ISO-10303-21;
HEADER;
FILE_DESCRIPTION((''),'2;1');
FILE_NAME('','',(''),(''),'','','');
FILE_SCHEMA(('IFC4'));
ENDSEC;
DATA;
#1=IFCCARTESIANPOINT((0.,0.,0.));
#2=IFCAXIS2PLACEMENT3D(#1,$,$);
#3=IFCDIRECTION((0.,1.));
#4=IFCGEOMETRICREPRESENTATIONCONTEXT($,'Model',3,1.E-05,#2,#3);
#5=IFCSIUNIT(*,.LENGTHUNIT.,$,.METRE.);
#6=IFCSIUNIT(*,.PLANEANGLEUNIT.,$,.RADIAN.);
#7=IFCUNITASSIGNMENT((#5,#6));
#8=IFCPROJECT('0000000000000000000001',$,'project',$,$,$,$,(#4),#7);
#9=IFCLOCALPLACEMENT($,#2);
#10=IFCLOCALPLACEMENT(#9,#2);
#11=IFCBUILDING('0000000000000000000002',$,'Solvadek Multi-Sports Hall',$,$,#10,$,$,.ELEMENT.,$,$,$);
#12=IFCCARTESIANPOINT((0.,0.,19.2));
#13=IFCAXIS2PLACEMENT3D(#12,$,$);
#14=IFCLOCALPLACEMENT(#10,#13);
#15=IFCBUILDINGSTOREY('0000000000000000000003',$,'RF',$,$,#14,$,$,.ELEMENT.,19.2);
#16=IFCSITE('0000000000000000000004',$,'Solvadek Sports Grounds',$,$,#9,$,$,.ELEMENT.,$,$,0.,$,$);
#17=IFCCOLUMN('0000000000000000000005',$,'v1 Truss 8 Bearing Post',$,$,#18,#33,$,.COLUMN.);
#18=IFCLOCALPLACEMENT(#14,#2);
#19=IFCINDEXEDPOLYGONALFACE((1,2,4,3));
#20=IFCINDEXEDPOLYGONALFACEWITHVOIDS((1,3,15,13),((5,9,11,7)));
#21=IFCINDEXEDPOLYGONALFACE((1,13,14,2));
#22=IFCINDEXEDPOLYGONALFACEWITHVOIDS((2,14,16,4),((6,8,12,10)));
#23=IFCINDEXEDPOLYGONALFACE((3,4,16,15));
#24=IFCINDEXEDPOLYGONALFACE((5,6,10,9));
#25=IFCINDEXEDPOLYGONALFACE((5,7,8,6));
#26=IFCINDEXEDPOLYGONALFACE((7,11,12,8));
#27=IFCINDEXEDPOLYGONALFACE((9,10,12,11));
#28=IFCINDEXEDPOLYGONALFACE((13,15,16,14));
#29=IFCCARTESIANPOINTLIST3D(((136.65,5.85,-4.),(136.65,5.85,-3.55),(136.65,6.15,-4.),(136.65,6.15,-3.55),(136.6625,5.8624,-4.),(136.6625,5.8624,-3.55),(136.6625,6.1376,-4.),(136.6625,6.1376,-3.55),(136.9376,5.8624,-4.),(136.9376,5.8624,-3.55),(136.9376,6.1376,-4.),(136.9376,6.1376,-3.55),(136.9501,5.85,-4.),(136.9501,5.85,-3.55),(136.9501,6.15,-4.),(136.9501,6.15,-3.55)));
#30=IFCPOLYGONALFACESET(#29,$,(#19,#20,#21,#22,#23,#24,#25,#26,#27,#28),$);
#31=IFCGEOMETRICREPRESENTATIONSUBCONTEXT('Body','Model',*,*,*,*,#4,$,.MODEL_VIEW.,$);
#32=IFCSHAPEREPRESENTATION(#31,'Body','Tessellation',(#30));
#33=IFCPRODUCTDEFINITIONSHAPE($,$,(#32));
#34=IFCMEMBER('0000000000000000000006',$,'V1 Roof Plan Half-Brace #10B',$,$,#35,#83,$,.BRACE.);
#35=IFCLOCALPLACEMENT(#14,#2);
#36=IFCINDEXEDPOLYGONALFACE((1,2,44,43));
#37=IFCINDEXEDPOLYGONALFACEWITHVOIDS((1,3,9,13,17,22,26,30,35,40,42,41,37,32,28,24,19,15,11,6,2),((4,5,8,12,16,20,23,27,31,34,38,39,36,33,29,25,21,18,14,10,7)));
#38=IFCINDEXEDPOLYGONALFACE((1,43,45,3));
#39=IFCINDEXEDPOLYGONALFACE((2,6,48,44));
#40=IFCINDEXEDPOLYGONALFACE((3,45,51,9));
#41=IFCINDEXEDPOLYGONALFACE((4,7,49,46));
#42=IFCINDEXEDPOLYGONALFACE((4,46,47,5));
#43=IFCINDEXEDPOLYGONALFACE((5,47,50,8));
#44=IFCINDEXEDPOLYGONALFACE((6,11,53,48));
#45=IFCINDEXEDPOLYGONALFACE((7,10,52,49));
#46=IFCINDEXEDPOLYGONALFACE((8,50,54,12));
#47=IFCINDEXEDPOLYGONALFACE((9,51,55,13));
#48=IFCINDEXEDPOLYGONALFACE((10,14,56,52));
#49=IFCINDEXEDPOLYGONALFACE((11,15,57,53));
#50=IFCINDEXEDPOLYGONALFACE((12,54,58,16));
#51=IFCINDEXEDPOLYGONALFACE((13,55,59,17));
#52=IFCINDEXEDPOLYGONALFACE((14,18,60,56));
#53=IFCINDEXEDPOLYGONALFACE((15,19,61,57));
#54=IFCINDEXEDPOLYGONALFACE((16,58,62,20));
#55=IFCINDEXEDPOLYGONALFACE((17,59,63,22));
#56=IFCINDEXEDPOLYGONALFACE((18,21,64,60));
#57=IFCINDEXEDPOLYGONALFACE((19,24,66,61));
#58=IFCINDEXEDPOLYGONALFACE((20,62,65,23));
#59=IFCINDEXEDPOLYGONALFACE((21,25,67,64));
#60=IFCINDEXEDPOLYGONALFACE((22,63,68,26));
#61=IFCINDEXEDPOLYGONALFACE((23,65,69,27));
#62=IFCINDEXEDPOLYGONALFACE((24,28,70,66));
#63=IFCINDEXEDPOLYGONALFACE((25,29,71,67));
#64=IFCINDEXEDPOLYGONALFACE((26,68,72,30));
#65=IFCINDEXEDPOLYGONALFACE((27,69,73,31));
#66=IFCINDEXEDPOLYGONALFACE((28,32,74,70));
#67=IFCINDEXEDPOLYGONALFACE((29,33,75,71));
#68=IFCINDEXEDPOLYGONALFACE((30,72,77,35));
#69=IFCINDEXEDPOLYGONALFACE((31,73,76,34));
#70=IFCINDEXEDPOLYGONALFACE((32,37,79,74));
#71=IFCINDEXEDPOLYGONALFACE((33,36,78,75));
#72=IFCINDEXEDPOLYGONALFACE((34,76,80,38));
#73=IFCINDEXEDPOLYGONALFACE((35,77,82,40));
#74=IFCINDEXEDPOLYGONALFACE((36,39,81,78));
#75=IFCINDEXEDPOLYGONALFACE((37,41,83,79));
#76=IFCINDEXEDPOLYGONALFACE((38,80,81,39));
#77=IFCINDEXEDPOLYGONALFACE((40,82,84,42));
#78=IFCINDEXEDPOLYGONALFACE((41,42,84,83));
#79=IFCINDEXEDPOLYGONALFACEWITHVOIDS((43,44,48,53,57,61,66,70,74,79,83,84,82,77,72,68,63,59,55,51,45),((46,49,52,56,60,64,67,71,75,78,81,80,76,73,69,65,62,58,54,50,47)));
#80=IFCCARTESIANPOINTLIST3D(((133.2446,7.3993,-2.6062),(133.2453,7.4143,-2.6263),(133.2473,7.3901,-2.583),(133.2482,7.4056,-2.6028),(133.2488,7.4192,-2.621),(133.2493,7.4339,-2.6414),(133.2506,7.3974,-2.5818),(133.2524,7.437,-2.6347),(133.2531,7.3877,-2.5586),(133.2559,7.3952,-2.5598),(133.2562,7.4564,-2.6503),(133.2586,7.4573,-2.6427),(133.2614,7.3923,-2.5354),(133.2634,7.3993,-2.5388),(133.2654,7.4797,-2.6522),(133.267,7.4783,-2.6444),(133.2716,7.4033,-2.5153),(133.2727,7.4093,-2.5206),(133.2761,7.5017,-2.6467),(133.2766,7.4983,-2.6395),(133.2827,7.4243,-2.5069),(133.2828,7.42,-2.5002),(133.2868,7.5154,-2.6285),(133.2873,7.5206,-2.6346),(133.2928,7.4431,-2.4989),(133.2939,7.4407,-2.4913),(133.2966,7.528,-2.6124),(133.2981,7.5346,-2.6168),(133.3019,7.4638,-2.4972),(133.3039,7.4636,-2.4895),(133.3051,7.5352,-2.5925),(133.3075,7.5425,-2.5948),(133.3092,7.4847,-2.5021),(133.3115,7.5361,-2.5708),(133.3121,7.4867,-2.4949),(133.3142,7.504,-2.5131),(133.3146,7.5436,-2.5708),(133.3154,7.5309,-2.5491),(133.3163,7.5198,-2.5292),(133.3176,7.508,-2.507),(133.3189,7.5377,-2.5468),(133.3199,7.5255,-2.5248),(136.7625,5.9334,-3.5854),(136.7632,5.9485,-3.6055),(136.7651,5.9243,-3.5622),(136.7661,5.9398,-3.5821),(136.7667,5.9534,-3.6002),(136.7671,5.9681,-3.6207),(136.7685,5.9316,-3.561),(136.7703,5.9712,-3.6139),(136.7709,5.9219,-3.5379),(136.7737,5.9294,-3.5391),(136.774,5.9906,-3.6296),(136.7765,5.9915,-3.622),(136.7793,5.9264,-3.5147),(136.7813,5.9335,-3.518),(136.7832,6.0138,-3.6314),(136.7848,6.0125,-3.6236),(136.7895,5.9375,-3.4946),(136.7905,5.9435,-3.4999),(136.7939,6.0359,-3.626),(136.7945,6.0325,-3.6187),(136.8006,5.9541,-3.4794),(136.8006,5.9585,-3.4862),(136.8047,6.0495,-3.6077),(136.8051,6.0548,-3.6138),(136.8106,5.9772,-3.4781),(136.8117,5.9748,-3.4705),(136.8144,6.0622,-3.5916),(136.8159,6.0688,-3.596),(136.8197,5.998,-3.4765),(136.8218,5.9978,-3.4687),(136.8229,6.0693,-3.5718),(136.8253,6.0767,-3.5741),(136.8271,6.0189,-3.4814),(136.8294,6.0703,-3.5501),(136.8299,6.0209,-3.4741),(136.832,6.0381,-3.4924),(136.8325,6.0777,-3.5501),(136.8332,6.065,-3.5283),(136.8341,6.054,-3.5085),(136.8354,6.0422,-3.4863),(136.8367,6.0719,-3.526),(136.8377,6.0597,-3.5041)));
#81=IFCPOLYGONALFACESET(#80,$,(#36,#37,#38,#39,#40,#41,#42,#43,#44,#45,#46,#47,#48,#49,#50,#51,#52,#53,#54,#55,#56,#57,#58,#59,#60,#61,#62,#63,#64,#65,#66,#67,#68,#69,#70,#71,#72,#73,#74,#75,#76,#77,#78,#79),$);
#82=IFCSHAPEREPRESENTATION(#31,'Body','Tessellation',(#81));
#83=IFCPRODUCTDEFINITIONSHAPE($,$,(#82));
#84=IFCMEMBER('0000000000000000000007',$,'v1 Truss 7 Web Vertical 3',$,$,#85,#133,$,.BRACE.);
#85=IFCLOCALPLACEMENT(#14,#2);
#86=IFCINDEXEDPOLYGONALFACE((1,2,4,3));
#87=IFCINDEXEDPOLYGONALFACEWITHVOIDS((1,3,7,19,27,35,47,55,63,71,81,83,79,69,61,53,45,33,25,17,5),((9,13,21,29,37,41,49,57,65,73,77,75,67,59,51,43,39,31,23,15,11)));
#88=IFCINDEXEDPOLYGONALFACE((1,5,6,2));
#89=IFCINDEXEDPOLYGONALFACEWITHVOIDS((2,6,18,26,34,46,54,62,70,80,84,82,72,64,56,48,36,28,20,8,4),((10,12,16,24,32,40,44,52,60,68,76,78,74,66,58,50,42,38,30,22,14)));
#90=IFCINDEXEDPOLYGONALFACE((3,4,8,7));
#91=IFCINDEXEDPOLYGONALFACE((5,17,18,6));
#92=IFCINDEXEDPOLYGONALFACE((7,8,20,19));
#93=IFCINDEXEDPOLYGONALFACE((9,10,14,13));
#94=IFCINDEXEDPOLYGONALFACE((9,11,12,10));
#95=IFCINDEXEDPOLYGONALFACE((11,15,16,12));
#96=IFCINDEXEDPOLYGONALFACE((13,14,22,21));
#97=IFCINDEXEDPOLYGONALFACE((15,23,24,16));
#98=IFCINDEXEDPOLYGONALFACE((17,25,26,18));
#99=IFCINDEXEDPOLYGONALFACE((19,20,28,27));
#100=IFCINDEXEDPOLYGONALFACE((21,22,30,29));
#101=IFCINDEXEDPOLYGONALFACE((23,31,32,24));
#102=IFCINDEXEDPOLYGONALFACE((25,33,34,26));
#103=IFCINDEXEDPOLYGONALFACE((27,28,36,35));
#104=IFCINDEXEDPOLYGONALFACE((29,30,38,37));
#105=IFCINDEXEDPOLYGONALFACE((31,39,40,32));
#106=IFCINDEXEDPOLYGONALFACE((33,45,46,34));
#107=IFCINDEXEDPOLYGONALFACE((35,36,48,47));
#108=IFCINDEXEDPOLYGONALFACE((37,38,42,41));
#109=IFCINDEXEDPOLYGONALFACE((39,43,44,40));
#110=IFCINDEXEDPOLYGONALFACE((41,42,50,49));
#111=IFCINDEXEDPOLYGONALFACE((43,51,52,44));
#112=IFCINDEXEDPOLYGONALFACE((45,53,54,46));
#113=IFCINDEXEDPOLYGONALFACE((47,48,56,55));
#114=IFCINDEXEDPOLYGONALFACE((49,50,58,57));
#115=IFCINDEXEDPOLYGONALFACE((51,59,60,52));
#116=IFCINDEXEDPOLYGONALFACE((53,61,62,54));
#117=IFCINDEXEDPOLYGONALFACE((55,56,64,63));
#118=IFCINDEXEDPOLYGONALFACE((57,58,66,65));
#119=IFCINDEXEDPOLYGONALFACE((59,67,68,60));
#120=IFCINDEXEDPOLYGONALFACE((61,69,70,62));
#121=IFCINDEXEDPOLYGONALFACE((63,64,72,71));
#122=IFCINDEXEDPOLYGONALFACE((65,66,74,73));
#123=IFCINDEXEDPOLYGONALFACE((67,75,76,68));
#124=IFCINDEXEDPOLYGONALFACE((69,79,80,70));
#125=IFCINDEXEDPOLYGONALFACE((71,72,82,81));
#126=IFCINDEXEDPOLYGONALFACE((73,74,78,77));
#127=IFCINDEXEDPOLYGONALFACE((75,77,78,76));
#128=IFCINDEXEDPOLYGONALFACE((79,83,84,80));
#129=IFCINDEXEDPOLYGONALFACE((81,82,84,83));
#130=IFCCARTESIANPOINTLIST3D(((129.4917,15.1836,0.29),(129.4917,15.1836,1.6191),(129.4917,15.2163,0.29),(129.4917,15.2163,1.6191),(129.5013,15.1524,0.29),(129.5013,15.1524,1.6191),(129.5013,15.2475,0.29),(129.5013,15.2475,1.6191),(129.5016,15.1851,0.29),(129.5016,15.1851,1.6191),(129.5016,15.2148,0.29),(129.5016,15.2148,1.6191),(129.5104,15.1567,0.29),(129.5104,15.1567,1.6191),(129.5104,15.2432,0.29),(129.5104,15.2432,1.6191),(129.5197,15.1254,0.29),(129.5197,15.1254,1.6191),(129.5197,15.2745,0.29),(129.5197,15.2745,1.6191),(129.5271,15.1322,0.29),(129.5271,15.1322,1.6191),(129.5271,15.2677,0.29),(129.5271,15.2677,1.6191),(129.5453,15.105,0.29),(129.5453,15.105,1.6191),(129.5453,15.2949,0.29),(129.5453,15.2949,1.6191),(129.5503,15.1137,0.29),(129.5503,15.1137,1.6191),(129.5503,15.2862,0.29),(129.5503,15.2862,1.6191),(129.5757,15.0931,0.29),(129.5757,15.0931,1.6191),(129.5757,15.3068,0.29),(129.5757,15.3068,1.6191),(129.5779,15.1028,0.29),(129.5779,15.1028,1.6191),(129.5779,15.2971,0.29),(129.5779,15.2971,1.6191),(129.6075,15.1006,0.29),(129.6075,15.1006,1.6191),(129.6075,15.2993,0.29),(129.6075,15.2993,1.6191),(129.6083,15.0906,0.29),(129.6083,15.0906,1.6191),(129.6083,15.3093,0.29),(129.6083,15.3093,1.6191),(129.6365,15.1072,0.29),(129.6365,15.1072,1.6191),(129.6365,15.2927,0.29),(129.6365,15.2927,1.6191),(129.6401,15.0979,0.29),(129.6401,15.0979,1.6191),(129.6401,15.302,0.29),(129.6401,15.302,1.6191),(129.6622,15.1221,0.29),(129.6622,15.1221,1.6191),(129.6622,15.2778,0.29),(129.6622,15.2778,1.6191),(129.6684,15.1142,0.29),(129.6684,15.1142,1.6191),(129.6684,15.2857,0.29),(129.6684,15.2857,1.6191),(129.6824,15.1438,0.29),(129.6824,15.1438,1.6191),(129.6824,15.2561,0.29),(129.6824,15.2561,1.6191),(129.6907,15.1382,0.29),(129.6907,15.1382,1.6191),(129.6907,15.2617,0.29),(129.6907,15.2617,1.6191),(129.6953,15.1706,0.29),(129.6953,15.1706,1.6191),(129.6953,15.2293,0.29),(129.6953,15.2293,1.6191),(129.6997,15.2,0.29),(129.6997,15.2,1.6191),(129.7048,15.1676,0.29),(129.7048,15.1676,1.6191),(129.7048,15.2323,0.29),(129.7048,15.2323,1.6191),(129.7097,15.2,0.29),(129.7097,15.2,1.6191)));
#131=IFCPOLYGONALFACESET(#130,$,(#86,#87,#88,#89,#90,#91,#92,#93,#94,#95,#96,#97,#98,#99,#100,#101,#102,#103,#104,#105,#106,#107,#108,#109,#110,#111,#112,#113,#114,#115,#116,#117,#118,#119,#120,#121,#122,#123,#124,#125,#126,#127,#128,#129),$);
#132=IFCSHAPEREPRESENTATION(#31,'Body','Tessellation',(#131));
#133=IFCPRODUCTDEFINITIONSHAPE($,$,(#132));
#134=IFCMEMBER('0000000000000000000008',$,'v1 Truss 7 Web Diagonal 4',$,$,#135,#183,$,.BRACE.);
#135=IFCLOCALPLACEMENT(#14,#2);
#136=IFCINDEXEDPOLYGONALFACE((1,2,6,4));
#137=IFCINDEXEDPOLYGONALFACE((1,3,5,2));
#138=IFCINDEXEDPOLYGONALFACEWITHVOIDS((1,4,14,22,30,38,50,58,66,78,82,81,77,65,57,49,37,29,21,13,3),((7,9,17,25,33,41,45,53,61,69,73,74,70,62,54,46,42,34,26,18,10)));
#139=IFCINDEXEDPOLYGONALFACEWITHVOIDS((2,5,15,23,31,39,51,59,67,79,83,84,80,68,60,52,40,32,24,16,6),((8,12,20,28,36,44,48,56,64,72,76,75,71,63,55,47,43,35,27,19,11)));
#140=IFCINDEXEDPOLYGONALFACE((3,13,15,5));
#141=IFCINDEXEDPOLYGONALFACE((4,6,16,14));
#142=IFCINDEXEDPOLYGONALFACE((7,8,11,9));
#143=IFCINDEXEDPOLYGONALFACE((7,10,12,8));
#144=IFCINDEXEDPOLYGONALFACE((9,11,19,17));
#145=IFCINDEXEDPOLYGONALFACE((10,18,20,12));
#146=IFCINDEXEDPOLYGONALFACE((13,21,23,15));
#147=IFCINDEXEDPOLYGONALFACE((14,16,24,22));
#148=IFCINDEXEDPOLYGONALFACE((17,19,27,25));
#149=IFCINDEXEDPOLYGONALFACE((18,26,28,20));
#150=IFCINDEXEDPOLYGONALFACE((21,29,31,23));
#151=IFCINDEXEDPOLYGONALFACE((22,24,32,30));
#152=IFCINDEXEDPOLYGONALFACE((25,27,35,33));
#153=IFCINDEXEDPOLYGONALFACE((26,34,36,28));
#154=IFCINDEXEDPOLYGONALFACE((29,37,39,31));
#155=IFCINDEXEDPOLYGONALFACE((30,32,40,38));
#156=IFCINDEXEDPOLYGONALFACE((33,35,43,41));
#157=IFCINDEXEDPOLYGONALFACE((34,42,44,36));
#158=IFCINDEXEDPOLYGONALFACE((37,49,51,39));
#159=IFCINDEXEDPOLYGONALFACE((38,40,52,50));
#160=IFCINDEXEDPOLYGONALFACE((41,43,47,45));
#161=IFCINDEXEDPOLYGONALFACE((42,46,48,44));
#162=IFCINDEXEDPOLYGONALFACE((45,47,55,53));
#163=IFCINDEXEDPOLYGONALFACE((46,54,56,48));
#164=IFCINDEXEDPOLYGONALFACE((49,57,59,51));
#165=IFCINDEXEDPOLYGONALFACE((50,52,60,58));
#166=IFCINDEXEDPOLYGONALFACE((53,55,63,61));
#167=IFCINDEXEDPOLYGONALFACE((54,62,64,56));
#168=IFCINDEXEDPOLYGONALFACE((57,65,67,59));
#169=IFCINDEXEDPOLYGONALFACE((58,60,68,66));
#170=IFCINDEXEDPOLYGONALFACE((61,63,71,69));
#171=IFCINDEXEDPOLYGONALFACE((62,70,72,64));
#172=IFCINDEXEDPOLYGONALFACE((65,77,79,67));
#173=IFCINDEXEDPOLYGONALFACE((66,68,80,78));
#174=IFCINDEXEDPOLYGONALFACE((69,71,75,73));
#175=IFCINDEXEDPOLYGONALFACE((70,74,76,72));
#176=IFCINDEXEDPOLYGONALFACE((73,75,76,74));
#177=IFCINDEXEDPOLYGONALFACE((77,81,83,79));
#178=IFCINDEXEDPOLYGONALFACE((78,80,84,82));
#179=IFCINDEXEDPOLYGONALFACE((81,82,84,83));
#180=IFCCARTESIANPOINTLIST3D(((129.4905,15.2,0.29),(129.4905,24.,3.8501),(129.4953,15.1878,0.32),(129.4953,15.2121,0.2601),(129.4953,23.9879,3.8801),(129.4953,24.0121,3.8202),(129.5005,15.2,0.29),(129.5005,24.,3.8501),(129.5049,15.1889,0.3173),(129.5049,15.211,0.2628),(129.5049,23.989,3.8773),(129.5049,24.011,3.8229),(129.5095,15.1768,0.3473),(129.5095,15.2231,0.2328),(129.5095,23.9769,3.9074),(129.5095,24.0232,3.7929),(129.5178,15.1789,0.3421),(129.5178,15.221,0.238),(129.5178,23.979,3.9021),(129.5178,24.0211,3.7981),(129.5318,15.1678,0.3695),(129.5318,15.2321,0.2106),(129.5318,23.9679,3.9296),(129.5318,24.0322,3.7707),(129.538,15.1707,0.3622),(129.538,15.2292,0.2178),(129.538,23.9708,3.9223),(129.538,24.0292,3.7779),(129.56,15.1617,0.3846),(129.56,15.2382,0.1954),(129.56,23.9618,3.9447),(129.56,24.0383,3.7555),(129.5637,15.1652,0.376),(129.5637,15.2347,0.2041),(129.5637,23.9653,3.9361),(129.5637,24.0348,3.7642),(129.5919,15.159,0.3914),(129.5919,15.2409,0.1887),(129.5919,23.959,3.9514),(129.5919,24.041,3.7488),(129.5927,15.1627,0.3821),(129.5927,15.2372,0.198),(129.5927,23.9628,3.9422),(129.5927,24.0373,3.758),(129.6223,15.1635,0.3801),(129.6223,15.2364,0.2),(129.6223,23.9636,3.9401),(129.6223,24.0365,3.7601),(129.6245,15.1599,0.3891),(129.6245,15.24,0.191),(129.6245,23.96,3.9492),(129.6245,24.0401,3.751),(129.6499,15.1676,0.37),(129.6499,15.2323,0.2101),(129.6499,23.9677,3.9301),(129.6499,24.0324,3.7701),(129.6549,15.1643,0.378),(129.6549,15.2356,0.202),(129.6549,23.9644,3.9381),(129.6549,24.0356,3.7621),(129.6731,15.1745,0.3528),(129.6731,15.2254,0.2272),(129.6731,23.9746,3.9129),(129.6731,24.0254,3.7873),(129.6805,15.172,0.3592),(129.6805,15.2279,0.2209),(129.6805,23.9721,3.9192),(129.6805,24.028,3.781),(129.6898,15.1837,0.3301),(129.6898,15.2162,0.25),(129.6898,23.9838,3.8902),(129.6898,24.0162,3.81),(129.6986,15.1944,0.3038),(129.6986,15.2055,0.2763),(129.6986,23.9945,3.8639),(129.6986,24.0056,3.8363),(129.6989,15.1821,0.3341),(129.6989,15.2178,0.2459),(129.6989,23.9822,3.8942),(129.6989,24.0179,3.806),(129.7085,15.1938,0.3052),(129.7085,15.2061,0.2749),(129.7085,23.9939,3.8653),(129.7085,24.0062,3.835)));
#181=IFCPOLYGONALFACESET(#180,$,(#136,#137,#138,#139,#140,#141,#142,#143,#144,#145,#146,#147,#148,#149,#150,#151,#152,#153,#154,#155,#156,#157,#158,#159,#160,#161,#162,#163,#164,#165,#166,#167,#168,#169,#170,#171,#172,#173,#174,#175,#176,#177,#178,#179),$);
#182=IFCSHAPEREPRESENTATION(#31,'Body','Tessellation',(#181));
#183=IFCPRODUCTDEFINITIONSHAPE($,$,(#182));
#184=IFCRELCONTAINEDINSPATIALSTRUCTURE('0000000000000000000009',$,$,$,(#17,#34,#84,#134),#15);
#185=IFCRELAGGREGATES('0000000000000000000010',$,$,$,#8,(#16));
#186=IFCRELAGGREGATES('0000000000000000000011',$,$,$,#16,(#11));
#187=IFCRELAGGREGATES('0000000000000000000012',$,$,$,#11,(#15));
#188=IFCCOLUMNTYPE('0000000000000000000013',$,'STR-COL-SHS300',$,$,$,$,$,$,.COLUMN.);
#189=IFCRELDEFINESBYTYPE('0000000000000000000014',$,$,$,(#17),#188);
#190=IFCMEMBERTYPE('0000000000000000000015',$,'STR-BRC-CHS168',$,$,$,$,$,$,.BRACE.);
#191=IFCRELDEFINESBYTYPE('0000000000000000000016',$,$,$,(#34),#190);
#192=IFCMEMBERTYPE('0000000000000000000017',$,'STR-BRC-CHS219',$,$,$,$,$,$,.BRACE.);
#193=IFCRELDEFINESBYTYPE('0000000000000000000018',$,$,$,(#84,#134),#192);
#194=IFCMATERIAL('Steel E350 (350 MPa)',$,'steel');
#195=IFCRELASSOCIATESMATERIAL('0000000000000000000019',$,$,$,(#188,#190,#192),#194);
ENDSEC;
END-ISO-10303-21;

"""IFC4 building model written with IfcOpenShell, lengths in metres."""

from ifc_helpers import new_model, si_unit, direction, frame, origin, origin_2d, place, context, subcontext, project, spatial, hollow_rectangle, hollow_circle, extrude, material, material_profile, profile_set, type_object, element, save


model = new_model("IFC4")

# Units and contexts
model_context = context("Model", 3, precision=1e-05, world=origin(), true_north=direction((0.0, 1.0)))
body_context = subcontext(model_context, "Body", "Model", "MODEL_VIEW")
ifc_project = project(units=[si_unit("LENGTHUNIT", "METRE"), si_unit("PLANEANGLEUNIT", "RADIAN")], contexts=[model_context])

# Site, building, storey
site_placement = place(None, origin())
site = spatial("IfcSite", under=ifc_project, at=site_placement, Name="Solvadek Sports Grounds", CompositionType="ELEMENT", RefElevation=0.0)
building_placement = place(site_placement, origin())
building = spatial("IfcBuilding", under=site, at=building_placement, Name="Solvadek Multi-Sports Hall", CompositionType="ELEMENT")
storey_placement = place(building_placement, frame((0.0, 0.0, 19.2)))
storey = spatial("IfcBuildingStorey", under=building, at=storey_placement, Name="RF", CompositionType="ELEMENT", Elevation=19.2)

# Column
ifc_material_1 = material(Name="Steel E350 (350 MPa)", Category="steel")
ifc_material_profile_1 = material_profile(ifc_material_1, hollow_rectangle(XDim=0.3, YDim=0.3, WallThickness=0.0125, at=origin_2d()), Name="SHS 300x300x12.5")
ifc_profile_set_1 = profile_set([ifc_material_profile_1], Name="Steel E350 (350 MPa)")
column_type = type_object("IfcColumnType", Name="STR-COL-SHS300", PredefinedType="COLUMN", material=ifc_profile_set_1)
column_placement = place(storey_placement, frame((136.8, 6.0, -4.0), z_axis=(0.0, 0.0, 1.0), x_axis=(1.0, 0.0, 0.0)))
element("IfcColumn", 1, at=column_placement, inside=storey, type_object=column_type, Name="v1 Truss 8 Bearing Post", PredefinedType="COLUMN", context=body_context, shape_type="SweptSolid", body=[
    extrude(hollow_rectangle(XDim=0.3, YDim=0.3, WallThickness=0.0125, at=origin_2d()), origin(), (0.0, 0.0, 1.0), 0.45),
])

# Members
ifc_material_profile_2 = material_profile(ifc_material_1, hollow_circle(Radius=0.0842, WallThickness=0.0081, at=origin_2d()), Name="CHS 168.3x8")
ifc_profile_set_2 = profile_set([ifc_material_profile_2], Name="Steel E350 (350 MPa)")
member_type_1 = type_object("IfcMemberType", Name="STR-BRC-CHS168", PredefinedType="BRACE", material=ifc_profile_set_2)
member_1_placement = place(storey_placement, frame((133.2822, 7.4658, -2.5708), z_axis=(0.894029, -0.372528, -0.248869), x_axis=(0.384629, 0.923071, 0.0)))
element("IfcMember", 2, at=member_1_placement, inside=storey, type_object=member_type_1, Name="V1 Roof Plan Half-Brace #10B", PredefinedType="BRACE", context=body_context, shape_type="SweptSolid", body=[
    extrude(hollow_circle(Radius=0.0842, WallThickness=0.0081, at=origin_2d()), origin(), (0.0, 0.0, 1.0), 3.9348),
])
ifc_material_profile_3 = material_profile(ifc_material_1, hollow_circle(Radius=0.1096, WallThickness=0.01, at=origin_2d()), Name="CHS 219.1x10")
ifc_profile_set_3 = profile_set([ifc_material_profile_3], Name="Steel E350 (350 MPa)")
member_type_2 = type_object("IfcMemberType", Name="STR-BRC-CHS219", PredefinedType="BRACE", material=ifc_profile_set_3)
member_2_placement = place(storey_placement, frame((129.6001, 15.2, 0.29), z_axis=(0.0, 0.0, 1.0), x_axis=(1.0, 0.0, 0.0)))
element("IfcMember", 3, at=member_2_placement, inside=storey, type_object=member_type_2, Name="v1 Truss 7 Web Vertical 3", PredefinedType="BRACE", context=body_context, shape_type="SweptSolid", body=[
    extrude(hollow_circle(Radius=0.1096, WallThickness=0.01, at=origin_2d()), origin(), (0.0, 0.0, 1.0), 1.3291),
])
member_3_placement = place(storey_placement, frame((129.6001, 15.2, 0.29), z_axis=(0.0, 0.927015, 0.375024), x_axis=(-1.0, 0.0, 0.0)))
element("IfcMember", 4, at=member_3_placement, inside=storey, type_object=member_type_2, Name="v1 Truss 7 Web Diagonal 4", PredefinedType="BRACE", context=body_context, shape_type="SweptSolid", body=[
    extrude(hollow_circle(Radius=0.1096, WallThickness=0.01, at=origin_2d()), origin(), (0.0, 0.0, 1.0), 9.4929),
])

save(model, "model.ifc")
